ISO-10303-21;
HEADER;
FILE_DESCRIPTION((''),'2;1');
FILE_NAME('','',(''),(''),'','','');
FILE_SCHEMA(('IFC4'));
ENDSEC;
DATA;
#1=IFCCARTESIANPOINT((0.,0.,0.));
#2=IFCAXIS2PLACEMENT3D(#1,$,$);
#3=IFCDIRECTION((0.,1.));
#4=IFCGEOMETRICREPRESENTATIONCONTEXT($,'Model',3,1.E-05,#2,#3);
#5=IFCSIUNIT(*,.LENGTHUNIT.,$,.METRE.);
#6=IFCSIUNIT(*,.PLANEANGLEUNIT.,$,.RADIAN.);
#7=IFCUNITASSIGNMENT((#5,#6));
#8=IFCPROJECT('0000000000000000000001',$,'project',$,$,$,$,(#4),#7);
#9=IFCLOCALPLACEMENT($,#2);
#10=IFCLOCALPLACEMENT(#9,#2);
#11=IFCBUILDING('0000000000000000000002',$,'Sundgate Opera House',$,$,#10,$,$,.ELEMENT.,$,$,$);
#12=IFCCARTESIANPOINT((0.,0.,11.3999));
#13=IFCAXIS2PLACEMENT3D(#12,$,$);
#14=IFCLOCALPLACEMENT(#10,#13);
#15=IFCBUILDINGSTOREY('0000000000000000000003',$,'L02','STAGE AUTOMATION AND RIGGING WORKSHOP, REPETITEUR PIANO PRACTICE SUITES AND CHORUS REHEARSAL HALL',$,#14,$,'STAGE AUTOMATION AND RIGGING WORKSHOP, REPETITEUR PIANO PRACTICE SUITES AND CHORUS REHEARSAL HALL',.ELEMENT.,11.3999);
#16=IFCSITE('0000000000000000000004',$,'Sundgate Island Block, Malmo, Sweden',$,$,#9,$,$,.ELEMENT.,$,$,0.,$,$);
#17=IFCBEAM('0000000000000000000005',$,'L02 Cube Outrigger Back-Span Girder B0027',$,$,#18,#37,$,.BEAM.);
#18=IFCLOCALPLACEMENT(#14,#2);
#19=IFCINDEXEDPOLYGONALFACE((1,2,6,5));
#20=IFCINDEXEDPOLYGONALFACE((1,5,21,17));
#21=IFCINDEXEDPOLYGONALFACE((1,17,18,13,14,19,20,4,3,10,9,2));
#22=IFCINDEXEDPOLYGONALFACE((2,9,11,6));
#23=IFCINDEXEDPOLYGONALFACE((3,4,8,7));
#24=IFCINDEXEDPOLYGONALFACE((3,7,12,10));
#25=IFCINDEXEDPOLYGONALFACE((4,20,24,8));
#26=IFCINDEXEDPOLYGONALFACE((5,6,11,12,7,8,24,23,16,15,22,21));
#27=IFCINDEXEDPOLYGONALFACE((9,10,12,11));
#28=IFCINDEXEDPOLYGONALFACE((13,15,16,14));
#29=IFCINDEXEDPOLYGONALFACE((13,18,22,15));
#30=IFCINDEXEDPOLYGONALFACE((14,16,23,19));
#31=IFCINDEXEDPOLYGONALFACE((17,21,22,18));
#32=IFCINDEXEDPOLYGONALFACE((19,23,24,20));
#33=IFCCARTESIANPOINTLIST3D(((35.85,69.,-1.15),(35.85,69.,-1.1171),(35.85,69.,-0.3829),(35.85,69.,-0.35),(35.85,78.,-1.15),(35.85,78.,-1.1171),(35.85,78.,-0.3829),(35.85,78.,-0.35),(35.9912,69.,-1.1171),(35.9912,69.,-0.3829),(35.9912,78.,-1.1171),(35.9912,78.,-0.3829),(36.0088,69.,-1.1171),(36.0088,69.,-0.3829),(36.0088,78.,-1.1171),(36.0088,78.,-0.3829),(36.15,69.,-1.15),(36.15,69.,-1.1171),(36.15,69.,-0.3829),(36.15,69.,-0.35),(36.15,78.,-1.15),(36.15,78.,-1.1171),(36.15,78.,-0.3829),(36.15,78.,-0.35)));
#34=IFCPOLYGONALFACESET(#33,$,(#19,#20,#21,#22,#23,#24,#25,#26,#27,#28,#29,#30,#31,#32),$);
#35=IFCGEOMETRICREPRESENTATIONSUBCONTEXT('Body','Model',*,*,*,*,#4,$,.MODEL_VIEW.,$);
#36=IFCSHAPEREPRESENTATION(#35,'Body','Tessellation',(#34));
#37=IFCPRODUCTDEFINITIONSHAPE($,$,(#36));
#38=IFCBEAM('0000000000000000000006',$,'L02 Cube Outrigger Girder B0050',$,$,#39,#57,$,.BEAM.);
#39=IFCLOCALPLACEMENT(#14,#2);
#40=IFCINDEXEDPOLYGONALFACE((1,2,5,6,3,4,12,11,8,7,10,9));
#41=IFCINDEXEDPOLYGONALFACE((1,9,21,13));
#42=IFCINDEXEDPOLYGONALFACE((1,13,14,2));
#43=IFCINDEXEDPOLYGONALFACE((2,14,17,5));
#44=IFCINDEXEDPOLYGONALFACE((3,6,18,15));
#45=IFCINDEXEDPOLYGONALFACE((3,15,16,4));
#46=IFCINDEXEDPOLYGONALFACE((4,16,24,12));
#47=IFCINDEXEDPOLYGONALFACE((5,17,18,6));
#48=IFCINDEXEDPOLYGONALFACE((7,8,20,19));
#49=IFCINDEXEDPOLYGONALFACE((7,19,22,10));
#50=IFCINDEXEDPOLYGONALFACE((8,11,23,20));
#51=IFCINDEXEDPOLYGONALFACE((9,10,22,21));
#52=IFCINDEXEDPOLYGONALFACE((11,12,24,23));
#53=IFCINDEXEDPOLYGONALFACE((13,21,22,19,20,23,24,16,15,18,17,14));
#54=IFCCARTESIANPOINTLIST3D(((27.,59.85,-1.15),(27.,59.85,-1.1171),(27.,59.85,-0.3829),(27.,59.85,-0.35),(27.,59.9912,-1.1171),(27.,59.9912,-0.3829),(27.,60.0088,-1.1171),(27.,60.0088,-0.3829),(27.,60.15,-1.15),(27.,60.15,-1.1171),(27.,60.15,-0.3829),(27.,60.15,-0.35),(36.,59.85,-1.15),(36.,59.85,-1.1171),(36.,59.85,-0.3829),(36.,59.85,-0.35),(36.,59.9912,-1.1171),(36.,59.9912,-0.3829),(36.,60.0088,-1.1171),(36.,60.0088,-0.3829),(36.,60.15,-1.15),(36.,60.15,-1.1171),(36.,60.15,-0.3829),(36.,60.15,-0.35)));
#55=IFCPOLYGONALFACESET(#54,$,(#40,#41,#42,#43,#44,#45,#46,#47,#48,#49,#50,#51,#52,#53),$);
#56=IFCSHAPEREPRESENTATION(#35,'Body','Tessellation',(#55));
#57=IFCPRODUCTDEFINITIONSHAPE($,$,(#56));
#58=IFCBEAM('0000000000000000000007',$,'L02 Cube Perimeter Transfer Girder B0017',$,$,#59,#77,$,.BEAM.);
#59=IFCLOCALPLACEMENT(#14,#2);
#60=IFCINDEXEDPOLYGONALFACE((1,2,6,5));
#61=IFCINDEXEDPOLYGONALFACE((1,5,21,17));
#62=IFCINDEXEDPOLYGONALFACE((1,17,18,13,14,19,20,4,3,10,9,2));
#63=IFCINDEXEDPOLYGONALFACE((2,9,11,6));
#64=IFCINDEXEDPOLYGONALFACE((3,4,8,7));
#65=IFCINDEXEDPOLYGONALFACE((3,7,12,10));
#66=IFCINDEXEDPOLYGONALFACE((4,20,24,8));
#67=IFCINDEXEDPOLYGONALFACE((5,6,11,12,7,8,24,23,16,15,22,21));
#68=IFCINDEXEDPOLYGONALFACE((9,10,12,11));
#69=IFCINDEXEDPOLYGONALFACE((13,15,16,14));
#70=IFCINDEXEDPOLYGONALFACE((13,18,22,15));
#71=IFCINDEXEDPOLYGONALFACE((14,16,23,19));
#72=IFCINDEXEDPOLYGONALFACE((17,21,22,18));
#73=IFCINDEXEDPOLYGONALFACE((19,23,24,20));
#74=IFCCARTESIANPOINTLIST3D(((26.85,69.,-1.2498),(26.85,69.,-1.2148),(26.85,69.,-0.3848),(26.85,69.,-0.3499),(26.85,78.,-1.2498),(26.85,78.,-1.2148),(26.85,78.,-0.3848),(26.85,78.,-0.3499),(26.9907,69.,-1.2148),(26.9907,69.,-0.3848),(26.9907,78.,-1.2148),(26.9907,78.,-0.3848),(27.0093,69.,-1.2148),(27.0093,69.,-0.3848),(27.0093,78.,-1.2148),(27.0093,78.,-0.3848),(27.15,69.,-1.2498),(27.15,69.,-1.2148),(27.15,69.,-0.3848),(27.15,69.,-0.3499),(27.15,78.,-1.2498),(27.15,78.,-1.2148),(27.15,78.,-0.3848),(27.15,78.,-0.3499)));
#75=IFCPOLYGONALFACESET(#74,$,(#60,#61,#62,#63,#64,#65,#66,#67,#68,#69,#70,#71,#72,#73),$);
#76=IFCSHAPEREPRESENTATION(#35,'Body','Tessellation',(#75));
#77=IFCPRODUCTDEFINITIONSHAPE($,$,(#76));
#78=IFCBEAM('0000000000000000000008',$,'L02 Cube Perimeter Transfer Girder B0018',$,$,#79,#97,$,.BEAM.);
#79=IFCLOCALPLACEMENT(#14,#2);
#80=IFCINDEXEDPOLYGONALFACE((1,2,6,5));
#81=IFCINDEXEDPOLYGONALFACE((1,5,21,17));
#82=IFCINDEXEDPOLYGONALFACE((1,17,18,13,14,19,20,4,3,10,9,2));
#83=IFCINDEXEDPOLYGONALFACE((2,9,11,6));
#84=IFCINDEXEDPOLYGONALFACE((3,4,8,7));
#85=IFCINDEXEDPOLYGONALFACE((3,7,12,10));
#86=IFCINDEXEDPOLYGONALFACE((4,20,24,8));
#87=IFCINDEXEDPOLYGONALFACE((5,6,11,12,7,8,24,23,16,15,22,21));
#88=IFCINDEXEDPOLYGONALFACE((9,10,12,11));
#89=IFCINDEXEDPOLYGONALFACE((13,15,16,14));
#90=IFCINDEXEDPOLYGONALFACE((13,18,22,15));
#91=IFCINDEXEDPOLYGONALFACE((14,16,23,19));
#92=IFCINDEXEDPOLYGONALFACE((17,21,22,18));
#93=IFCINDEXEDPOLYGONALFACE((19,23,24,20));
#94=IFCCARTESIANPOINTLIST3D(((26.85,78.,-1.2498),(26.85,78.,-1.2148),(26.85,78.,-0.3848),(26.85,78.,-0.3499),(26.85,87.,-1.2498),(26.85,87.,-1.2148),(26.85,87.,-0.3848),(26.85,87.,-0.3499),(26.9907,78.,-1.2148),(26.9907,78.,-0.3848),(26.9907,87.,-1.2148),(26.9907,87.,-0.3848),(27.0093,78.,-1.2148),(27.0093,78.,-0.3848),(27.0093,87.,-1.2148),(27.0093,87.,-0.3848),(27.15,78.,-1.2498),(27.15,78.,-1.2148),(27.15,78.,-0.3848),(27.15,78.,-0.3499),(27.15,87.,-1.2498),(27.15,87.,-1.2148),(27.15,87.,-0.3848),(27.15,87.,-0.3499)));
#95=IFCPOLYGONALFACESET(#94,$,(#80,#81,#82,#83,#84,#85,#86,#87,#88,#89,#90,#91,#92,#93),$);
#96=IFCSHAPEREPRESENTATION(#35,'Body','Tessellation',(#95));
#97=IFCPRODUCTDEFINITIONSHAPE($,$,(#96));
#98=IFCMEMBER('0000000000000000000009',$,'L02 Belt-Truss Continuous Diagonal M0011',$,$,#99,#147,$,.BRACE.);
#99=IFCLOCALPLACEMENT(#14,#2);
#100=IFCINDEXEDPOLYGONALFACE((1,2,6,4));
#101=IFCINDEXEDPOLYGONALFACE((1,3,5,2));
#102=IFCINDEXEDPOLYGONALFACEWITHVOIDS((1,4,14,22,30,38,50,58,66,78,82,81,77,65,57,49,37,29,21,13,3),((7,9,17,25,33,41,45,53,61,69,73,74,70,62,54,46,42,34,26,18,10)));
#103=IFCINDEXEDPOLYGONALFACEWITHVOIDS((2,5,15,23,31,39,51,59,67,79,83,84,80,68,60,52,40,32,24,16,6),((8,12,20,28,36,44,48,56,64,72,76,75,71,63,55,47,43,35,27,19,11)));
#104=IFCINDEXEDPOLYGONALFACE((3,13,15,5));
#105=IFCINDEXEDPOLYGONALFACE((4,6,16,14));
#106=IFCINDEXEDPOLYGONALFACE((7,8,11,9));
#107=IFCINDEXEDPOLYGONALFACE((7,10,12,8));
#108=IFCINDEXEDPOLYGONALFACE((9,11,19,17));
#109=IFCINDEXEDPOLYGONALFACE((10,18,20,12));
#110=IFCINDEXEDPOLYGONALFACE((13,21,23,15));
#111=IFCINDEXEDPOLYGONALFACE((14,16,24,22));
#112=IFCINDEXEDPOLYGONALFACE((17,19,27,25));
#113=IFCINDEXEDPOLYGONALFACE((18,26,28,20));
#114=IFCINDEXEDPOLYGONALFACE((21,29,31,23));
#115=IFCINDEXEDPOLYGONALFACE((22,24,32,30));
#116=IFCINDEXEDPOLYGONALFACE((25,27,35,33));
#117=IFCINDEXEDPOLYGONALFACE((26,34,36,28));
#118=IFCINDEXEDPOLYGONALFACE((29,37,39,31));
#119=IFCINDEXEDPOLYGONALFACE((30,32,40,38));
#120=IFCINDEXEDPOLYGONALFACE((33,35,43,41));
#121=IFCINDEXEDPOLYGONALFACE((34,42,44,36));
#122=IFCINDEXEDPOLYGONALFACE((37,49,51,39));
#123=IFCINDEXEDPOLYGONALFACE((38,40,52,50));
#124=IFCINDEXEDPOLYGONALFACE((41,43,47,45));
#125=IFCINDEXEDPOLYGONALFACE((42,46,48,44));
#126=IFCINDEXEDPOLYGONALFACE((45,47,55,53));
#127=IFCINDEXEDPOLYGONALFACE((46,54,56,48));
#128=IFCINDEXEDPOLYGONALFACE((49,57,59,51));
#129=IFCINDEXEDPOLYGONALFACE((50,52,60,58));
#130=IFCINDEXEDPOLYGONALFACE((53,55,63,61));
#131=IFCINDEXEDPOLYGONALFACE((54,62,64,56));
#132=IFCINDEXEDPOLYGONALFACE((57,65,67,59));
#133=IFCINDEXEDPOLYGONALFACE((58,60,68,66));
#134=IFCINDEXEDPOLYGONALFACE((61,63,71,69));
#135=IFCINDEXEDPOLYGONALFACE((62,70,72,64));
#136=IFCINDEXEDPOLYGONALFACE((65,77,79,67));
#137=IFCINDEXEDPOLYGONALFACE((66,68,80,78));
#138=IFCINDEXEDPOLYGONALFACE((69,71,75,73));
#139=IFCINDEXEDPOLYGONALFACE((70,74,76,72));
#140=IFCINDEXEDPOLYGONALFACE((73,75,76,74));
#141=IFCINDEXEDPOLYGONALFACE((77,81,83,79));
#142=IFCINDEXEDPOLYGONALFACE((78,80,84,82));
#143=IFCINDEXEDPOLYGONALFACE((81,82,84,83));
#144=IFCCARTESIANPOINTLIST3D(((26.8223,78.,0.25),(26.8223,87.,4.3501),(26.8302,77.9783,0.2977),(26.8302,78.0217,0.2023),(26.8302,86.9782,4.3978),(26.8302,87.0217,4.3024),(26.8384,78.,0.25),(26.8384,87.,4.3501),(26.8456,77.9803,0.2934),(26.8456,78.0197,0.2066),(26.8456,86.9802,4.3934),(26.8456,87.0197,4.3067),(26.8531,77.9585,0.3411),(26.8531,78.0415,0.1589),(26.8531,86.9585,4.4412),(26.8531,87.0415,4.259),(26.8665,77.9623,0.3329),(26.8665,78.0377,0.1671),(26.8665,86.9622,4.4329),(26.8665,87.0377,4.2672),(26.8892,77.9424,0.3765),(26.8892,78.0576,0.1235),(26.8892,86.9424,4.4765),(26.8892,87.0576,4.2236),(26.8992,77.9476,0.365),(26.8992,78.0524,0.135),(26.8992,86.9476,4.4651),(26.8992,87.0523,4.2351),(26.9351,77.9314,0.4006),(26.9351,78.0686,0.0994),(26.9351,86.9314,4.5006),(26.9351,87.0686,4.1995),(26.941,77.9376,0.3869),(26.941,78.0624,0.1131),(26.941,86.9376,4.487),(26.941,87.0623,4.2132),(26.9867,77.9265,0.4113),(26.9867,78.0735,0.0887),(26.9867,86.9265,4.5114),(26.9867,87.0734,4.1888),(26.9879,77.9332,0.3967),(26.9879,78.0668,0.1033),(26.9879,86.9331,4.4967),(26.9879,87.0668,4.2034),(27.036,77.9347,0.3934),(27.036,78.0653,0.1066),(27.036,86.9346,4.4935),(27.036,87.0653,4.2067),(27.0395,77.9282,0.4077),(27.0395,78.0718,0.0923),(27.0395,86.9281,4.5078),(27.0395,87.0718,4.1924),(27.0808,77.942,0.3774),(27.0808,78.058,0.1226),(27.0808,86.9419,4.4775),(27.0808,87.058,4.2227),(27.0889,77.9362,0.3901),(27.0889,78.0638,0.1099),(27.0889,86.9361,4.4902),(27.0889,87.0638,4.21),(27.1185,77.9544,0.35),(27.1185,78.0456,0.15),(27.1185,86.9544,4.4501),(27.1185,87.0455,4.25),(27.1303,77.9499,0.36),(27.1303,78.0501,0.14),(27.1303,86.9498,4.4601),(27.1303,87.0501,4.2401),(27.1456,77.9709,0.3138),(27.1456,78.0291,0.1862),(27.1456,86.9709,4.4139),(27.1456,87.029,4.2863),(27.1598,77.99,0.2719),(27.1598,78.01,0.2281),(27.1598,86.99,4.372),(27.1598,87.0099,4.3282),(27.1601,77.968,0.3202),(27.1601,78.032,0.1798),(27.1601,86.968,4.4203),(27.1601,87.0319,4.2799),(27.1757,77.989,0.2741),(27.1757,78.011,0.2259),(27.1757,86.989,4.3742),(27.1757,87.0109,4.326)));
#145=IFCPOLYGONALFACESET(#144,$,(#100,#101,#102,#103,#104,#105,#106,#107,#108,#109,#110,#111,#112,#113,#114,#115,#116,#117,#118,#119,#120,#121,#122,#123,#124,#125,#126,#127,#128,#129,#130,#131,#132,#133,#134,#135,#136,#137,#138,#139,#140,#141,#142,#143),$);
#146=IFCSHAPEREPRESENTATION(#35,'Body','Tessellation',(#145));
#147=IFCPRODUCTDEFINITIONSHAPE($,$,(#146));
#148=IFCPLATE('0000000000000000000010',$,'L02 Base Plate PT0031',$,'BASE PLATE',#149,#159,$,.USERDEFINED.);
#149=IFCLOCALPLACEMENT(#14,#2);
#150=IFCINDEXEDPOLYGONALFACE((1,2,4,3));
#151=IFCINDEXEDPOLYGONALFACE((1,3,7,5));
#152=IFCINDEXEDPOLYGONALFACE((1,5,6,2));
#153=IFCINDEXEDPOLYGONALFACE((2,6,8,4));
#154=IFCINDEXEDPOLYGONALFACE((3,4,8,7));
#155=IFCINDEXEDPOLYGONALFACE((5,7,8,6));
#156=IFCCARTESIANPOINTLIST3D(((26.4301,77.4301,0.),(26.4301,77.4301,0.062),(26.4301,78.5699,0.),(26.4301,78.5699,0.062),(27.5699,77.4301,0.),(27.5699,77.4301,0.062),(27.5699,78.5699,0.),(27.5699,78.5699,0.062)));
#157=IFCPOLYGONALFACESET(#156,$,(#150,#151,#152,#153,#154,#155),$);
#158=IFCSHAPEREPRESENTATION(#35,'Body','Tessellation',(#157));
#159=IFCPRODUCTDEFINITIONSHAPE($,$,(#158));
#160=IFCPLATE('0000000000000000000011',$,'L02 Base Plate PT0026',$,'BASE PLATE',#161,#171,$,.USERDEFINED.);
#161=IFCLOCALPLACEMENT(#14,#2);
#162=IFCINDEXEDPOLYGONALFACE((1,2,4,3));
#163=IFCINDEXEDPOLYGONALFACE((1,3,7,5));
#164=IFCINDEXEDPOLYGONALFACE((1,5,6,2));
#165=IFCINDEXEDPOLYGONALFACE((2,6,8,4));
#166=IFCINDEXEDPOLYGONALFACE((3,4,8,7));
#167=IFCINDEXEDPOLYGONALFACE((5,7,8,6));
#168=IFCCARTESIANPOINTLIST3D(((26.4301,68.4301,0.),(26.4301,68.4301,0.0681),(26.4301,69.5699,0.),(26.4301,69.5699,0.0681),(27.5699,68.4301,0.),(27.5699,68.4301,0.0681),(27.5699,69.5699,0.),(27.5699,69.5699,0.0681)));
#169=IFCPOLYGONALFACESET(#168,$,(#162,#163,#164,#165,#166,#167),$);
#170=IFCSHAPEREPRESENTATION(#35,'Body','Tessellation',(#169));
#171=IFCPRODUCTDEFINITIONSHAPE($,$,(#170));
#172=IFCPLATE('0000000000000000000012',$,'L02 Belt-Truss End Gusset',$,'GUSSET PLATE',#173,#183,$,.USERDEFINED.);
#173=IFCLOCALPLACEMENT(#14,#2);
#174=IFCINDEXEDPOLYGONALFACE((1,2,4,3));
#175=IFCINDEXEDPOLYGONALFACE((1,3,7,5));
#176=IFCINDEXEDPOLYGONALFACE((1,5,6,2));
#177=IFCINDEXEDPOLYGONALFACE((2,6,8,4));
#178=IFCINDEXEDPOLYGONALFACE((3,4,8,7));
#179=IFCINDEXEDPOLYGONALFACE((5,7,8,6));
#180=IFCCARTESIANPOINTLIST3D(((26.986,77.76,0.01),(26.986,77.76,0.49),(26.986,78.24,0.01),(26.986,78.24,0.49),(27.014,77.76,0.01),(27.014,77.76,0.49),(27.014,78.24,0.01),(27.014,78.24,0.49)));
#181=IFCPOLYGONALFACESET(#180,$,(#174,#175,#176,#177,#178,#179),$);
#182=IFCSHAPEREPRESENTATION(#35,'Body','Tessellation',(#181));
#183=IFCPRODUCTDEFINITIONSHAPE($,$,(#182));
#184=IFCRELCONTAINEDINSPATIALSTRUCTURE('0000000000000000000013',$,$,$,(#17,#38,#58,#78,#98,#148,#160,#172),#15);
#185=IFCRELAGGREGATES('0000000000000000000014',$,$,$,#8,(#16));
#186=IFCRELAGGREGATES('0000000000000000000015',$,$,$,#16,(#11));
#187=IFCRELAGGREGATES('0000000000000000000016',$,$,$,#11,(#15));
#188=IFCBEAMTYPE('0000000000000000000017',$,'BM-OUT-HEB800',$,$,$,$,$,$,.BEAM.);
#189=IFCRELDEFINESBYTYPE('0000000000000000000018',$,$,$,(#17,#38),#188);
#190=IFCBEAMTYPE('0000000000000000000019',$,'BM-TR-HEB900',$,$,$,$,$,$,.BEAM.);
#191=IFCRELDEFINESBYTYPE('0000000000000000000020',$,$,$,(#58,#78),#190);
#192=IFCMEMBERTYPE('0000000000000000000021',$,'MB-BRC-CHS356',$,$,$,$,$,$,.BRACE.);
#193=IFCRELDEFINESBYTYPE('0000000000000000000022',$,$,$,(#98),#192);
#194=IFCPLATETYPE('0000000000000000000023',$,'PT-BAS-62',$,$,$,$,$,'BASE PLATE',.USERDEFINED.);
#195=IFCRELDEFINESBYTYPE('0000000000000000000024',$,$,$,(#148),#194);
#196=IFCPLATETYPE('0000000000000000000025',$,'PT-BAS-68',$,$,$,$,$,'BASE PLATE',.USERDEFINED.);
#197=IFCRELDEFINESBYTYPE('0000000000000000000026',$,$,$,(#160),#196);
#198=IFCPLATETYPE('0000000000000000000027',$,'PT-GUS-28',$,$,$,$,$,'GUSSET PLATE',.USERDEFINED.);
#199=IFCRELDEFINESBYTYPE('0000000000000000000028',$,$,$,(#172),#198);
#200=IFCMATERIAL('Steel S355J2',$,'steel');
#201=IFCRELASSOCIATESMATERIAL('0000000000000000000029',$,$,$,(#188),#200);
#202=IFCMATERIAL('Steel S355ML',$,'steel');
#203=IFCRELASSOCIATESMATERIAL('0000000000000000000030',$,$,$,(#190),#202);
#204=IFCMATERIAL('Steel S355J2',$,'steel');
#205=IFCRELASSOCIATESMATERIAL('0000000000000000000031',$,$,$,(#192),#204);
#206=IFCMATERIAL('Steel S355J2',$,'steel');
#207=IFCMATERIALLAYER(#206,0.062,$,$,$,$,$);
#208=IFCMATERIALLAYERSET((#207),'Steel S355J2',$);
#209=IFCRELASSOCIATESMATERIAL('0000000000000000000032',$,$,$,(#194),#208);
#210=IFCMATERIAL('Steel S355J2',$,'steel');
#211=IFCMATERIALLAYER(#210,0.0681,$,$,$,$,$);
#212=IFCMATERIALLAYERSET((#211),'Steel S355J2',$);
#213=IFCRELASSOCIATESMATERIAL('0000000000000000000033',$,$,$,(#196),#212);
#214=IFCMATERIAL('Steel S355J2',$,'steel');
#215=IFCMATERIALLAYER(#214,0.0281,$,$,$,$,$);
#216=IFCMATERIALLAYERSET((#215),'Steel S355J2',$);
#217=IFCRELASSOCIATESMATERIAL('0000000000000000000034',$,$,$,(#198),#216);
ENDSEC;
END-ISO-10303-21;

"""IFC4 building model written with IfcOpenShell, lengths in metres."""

from ifc_helpers import new_model, si_unit, direction, frame, origin, origin_2d, place, context, subcontext, project, spatial, rectangle, hollow_circle, i_section, extrude, material, layer, layer_set, material_profile, profile_set, type_object, element, save


model = new_model("IFC4")

# Units and contexts
model_context = context("Model", 3, precision=1e-05, world=origin(), true_north=direction((0.0, 1.0)))
body_context = subcontext(model_context, "Body", "Model", "MODEL_VIEW")
ifc_project = project(units=[si_unit("LENGTHUNIT", "METRE"), si_unit("PLANEANGLEUNIT", "RADIAN")], contexts=[model_context])

# Site, building, storey
site_placement = place(None, origin())
site = spatial("IfcSite", under=ifc_project, at=site_placement, Name="Sundgate Island Block, Malmo, Sweden", CompositionType="ELEMENT", RefElevation=0.0)
building_placement = place(site_placement, origin())
building = spatial("IfcBuilding", under=site, at=building_placement, Name="Sundgate Opera House", CompositionType="ELEMENT")
storey_placement = place(building_placement, frame((0.0, 0.0, 11.3999)))
storey = spatial("IfcBuildingStorey", under=building, at=storey_placement, Name="L02", Description="STAGE AUTOMATION AND RIGGING WORKSHOP, REPETITEUR PIANO PRACTICE SUITES AND CHORUS REHEARSAL HALL", LongName="STAGE AUTOMATION AND RIGGING WORKSHOP, REPETITEUR PIANO PRACTICE SUITES AND CHORUS REHEARSAL HALL", CompositionType="ELEMENT", Elevation=11.3999)

# Beams
ifc_material_1 = material(Name="Steel S355J2", Category="steel")
ifc_material_profile_1 = material_profile(ifc_material_1, i_section(OverallWidth=0.3, OverallDepth=0.8, WebThickness=0.0176, FlangeThickness=0.033, at=origin_2d()), Name="HEB 800")
ifc_profile_set_1 = profile_set([ifc_material_profile_1], Name="Steel S355J2")
beam_type_1 = type_object("IfcBeamType", Name="BM-OUT-HEB800", PredefinedType="BEAM", material=ifc_profile_set_1)
for number, where, z_axis, x_axis, name in (
    (1, (36.0, 69.0, -0.75), (0.0, 1.0, 0.0), (-1.0, 0.0, 0.0), "L02 Cube Outrigger Back-Span Girder B0027"),
    (2, (36.0, 60.0, -0.75), (-1.0, 0.0, 0.0), (0.0, -1.0, 0.0), "L02 Cube Outrigger Girder B0050"),
):
    element("IfcBeam", number, at=place(storey_placement, frame(where, z_axis=z_axis, x_axis=x_axis)), inside=storey, type_object=beam_type_1, Name=name, PredefinedType="BEAM", context=body_context, shape_type="SweptSolid", body=[
        extrude(i_section(OverallWidth=0.3, OverallDepth=0.8, WebThickness=0.0176, FlangeThickness=0.033, at=origin_2d()), origin(), (0.0, 0.0, 1.0), 9.0),
    ])
ifc_material_2 = material(Name="Steel S355ML", Category="steel")
ifc_material_profile_2 = material_profile(ifc_material_2, i_section(OverallWidth=0.3, OverallDepth=0.8999, WebThickness=0.0186, FlangeThickness=0.0349, at=origin_2d()), Name="HEB 900")
ifc_profile_set_2 = profile_set([ifc_material_profile_2], Name="Steel S355ML")
beam_type_2 = type_object("IfcBeamType", Name="BM-TR-HEB900", PredefinedType="BEAM", material=ifc_profile_set_2)
for number, where, z_axis, x_axis, name in (
    (3, (27.0, 69.0, -0.7998), (0.0, 1.0, 0.0), (-1.0, 0.0, 0.0), "L02 Cube Perimeter Transfer Girder B0017"),
    (4, (27.0, 78.0, -0.7998), (0.0, 1.0, 0.0), (-1.0, 0.0, 0.0), "L02 Cube Perimeter Transfer Girder B0018"),
):
    element("IfcBeam", number, at=place(storey_placement, frame(where, z_axis=z_axis, x_axis=x_axis)), inside=storey, type_object=beam_type_2, Name=name, PredefinedType="BEAM", context=body_context, shape_type="SweptSolid", body=[
        extrude(i_section(OverallWidth=0.3, OverallDepth=0.8999, WebThickness=0.0186, FlangeThickness=0.0349, at=origin_2d()), origin(), (0.0, 0.0, 1.0), 9.0),
    ])

# Member
ifc_material_3 = material(Name="Steel S355J2", Category="steel")
ifc_material_profile_3 = material_profile(ifc_material_3, hollow_circle(Radius=0.1777, WallThickness=0.0161, at=origin_2d()), Name="CHS 355.6x16.0")
ifc_profile_set_3 = profile_set([ifc_material_profile_3], Name="Steel S355J2")
member_type = type_object("IfcMemberType", Name="MB-BRC-CHS356", PredefinedType="BRACE", material=ifc_profile_set_3)
member_placement = place(storey_placement, frame((27.0, 78.0, 0.25), z_axis=(0.0, 0.910016, 0.414573), x_axis=(-1.0, 0.0, 0.0)))
element("IfcMember", 5, at=member_placement, inside=storey, type_object=member_type, Name="L02 Belt-Truss Continuous Diagonal M0011", PredefinedType="BRACE", context=body_context, shape_type="SweptSolid", body=[
    extrude(hollow_circle(Radius=0.1777, WallThickness=0.0161, at=origin_2d()), origin(), (0.0, 0.0, 1.0), 9.8899),
])

# Plates
ifc_material_4 = material(Name="Steel S355J2", Category="steel")
ifc_layer_1 = layer(ifc_material_4, 0.062)
ifc_layer_set_1 = layer_set([ifc_layer_1], Name="Steel S355J2")
plate_type_1 = type_object("IfcPlateType", Name="PT-BAS-62", ElementType="BASE PLATE", PredefinedType="USERDEFINED", material=ifc_layer_set_1)
plate_1_placement = place(storey_placement, frame((27.0, 78.0, 0.0), z_axis=(0.0, 0.0, 1.0), x_axis=(1.0, 0.0, 0.0)))
element("IfcPlate", 6, at=plate_1_placement, inside=storey, type_object=plate_type_1, Name="L02 Base Plate PT0031", ObjectType="BASE PLATE", PredefinedType="USERDEFINED", context=body_context, shape_type="SweptSolid", body=[
    extrude(rectangle(XDim=1.1399, YDim=1.1399, at=origin_2d()), origin(), (0.0, 0.0, 1.0), 0.062),
])
ifc_material_5 = material(Name="Steel S355J2", Category="steel")
ifc_layer_2 = layer(ifc_material_5, 0.0681)
ifc_layer_set_2 = layer_set([ifc_layer_2], Name="Steel S355J2")
plate_type_2 = type_object("IfcPlateType", Name="PT-BAS-68", ElementType="BASE PLATE", PredefinedType="USERDEFINED", material=ifc_layer_set_2)
plate_2_placement = place(storey_placement, frame((27.0, 69.0, 0.0), z_axis=(0.0, 0.0, 1.0), x_axis=(1.0, 0.0, 0.0)))
element("IfcPlate", 7, at=plate_2_placement, inside=storey, type_object=plate_type_2, Name="L02 Base Plate PT0026", ObjectType="BASE PLATE", PredefinedType="USERDEFINED", context=body_context, shape_type="SweptSolid", body=[
    extrude(rectangle(XDim=1.1399, YDim=1.1399, at=origin_2d()), origin(), (0.0, 0.0, 1.0), 0.0681),
])
ifc_material_6 = material(Name="Steel S355J2", Category="steel")
ifc_layer_3 = layer(ifc_material_6, 0.0281)
ifc_layer_set_3 = layer_set([ifc_layer_3], Name="Steel S355J2")
plate_type_3 = type_object("IfcPlateType", Name="PT-GUS-28", ElementType="GUSSET PLATE", PredefinedType="USERDEFINED", material=ifc_layer_set_3)
plate_3_placement = place(storey_placement, frame((27.0, 78.0, 0.01), z_axis=(0.0, 0.0, 1.0), x_axis=(1.0, 0.0, 0.0)))
element("IfcPlate", 8, at=plate_3_placement, inside=storey, type_object=plate_type_3, Name="L02 Belt-Truss End Gusset", ObjectType="GUSSET PLATE", PredefinedType="USERDEFINED", context=body_context, shape_type="SweptSolid", body=[
    extrude(rectangle(XDim=0.0281, YDim=0.48, at=origin_2d()), origin(), (0.0, 0.0, 1.0), 0.48),
])

save(model, "model.ifc")
